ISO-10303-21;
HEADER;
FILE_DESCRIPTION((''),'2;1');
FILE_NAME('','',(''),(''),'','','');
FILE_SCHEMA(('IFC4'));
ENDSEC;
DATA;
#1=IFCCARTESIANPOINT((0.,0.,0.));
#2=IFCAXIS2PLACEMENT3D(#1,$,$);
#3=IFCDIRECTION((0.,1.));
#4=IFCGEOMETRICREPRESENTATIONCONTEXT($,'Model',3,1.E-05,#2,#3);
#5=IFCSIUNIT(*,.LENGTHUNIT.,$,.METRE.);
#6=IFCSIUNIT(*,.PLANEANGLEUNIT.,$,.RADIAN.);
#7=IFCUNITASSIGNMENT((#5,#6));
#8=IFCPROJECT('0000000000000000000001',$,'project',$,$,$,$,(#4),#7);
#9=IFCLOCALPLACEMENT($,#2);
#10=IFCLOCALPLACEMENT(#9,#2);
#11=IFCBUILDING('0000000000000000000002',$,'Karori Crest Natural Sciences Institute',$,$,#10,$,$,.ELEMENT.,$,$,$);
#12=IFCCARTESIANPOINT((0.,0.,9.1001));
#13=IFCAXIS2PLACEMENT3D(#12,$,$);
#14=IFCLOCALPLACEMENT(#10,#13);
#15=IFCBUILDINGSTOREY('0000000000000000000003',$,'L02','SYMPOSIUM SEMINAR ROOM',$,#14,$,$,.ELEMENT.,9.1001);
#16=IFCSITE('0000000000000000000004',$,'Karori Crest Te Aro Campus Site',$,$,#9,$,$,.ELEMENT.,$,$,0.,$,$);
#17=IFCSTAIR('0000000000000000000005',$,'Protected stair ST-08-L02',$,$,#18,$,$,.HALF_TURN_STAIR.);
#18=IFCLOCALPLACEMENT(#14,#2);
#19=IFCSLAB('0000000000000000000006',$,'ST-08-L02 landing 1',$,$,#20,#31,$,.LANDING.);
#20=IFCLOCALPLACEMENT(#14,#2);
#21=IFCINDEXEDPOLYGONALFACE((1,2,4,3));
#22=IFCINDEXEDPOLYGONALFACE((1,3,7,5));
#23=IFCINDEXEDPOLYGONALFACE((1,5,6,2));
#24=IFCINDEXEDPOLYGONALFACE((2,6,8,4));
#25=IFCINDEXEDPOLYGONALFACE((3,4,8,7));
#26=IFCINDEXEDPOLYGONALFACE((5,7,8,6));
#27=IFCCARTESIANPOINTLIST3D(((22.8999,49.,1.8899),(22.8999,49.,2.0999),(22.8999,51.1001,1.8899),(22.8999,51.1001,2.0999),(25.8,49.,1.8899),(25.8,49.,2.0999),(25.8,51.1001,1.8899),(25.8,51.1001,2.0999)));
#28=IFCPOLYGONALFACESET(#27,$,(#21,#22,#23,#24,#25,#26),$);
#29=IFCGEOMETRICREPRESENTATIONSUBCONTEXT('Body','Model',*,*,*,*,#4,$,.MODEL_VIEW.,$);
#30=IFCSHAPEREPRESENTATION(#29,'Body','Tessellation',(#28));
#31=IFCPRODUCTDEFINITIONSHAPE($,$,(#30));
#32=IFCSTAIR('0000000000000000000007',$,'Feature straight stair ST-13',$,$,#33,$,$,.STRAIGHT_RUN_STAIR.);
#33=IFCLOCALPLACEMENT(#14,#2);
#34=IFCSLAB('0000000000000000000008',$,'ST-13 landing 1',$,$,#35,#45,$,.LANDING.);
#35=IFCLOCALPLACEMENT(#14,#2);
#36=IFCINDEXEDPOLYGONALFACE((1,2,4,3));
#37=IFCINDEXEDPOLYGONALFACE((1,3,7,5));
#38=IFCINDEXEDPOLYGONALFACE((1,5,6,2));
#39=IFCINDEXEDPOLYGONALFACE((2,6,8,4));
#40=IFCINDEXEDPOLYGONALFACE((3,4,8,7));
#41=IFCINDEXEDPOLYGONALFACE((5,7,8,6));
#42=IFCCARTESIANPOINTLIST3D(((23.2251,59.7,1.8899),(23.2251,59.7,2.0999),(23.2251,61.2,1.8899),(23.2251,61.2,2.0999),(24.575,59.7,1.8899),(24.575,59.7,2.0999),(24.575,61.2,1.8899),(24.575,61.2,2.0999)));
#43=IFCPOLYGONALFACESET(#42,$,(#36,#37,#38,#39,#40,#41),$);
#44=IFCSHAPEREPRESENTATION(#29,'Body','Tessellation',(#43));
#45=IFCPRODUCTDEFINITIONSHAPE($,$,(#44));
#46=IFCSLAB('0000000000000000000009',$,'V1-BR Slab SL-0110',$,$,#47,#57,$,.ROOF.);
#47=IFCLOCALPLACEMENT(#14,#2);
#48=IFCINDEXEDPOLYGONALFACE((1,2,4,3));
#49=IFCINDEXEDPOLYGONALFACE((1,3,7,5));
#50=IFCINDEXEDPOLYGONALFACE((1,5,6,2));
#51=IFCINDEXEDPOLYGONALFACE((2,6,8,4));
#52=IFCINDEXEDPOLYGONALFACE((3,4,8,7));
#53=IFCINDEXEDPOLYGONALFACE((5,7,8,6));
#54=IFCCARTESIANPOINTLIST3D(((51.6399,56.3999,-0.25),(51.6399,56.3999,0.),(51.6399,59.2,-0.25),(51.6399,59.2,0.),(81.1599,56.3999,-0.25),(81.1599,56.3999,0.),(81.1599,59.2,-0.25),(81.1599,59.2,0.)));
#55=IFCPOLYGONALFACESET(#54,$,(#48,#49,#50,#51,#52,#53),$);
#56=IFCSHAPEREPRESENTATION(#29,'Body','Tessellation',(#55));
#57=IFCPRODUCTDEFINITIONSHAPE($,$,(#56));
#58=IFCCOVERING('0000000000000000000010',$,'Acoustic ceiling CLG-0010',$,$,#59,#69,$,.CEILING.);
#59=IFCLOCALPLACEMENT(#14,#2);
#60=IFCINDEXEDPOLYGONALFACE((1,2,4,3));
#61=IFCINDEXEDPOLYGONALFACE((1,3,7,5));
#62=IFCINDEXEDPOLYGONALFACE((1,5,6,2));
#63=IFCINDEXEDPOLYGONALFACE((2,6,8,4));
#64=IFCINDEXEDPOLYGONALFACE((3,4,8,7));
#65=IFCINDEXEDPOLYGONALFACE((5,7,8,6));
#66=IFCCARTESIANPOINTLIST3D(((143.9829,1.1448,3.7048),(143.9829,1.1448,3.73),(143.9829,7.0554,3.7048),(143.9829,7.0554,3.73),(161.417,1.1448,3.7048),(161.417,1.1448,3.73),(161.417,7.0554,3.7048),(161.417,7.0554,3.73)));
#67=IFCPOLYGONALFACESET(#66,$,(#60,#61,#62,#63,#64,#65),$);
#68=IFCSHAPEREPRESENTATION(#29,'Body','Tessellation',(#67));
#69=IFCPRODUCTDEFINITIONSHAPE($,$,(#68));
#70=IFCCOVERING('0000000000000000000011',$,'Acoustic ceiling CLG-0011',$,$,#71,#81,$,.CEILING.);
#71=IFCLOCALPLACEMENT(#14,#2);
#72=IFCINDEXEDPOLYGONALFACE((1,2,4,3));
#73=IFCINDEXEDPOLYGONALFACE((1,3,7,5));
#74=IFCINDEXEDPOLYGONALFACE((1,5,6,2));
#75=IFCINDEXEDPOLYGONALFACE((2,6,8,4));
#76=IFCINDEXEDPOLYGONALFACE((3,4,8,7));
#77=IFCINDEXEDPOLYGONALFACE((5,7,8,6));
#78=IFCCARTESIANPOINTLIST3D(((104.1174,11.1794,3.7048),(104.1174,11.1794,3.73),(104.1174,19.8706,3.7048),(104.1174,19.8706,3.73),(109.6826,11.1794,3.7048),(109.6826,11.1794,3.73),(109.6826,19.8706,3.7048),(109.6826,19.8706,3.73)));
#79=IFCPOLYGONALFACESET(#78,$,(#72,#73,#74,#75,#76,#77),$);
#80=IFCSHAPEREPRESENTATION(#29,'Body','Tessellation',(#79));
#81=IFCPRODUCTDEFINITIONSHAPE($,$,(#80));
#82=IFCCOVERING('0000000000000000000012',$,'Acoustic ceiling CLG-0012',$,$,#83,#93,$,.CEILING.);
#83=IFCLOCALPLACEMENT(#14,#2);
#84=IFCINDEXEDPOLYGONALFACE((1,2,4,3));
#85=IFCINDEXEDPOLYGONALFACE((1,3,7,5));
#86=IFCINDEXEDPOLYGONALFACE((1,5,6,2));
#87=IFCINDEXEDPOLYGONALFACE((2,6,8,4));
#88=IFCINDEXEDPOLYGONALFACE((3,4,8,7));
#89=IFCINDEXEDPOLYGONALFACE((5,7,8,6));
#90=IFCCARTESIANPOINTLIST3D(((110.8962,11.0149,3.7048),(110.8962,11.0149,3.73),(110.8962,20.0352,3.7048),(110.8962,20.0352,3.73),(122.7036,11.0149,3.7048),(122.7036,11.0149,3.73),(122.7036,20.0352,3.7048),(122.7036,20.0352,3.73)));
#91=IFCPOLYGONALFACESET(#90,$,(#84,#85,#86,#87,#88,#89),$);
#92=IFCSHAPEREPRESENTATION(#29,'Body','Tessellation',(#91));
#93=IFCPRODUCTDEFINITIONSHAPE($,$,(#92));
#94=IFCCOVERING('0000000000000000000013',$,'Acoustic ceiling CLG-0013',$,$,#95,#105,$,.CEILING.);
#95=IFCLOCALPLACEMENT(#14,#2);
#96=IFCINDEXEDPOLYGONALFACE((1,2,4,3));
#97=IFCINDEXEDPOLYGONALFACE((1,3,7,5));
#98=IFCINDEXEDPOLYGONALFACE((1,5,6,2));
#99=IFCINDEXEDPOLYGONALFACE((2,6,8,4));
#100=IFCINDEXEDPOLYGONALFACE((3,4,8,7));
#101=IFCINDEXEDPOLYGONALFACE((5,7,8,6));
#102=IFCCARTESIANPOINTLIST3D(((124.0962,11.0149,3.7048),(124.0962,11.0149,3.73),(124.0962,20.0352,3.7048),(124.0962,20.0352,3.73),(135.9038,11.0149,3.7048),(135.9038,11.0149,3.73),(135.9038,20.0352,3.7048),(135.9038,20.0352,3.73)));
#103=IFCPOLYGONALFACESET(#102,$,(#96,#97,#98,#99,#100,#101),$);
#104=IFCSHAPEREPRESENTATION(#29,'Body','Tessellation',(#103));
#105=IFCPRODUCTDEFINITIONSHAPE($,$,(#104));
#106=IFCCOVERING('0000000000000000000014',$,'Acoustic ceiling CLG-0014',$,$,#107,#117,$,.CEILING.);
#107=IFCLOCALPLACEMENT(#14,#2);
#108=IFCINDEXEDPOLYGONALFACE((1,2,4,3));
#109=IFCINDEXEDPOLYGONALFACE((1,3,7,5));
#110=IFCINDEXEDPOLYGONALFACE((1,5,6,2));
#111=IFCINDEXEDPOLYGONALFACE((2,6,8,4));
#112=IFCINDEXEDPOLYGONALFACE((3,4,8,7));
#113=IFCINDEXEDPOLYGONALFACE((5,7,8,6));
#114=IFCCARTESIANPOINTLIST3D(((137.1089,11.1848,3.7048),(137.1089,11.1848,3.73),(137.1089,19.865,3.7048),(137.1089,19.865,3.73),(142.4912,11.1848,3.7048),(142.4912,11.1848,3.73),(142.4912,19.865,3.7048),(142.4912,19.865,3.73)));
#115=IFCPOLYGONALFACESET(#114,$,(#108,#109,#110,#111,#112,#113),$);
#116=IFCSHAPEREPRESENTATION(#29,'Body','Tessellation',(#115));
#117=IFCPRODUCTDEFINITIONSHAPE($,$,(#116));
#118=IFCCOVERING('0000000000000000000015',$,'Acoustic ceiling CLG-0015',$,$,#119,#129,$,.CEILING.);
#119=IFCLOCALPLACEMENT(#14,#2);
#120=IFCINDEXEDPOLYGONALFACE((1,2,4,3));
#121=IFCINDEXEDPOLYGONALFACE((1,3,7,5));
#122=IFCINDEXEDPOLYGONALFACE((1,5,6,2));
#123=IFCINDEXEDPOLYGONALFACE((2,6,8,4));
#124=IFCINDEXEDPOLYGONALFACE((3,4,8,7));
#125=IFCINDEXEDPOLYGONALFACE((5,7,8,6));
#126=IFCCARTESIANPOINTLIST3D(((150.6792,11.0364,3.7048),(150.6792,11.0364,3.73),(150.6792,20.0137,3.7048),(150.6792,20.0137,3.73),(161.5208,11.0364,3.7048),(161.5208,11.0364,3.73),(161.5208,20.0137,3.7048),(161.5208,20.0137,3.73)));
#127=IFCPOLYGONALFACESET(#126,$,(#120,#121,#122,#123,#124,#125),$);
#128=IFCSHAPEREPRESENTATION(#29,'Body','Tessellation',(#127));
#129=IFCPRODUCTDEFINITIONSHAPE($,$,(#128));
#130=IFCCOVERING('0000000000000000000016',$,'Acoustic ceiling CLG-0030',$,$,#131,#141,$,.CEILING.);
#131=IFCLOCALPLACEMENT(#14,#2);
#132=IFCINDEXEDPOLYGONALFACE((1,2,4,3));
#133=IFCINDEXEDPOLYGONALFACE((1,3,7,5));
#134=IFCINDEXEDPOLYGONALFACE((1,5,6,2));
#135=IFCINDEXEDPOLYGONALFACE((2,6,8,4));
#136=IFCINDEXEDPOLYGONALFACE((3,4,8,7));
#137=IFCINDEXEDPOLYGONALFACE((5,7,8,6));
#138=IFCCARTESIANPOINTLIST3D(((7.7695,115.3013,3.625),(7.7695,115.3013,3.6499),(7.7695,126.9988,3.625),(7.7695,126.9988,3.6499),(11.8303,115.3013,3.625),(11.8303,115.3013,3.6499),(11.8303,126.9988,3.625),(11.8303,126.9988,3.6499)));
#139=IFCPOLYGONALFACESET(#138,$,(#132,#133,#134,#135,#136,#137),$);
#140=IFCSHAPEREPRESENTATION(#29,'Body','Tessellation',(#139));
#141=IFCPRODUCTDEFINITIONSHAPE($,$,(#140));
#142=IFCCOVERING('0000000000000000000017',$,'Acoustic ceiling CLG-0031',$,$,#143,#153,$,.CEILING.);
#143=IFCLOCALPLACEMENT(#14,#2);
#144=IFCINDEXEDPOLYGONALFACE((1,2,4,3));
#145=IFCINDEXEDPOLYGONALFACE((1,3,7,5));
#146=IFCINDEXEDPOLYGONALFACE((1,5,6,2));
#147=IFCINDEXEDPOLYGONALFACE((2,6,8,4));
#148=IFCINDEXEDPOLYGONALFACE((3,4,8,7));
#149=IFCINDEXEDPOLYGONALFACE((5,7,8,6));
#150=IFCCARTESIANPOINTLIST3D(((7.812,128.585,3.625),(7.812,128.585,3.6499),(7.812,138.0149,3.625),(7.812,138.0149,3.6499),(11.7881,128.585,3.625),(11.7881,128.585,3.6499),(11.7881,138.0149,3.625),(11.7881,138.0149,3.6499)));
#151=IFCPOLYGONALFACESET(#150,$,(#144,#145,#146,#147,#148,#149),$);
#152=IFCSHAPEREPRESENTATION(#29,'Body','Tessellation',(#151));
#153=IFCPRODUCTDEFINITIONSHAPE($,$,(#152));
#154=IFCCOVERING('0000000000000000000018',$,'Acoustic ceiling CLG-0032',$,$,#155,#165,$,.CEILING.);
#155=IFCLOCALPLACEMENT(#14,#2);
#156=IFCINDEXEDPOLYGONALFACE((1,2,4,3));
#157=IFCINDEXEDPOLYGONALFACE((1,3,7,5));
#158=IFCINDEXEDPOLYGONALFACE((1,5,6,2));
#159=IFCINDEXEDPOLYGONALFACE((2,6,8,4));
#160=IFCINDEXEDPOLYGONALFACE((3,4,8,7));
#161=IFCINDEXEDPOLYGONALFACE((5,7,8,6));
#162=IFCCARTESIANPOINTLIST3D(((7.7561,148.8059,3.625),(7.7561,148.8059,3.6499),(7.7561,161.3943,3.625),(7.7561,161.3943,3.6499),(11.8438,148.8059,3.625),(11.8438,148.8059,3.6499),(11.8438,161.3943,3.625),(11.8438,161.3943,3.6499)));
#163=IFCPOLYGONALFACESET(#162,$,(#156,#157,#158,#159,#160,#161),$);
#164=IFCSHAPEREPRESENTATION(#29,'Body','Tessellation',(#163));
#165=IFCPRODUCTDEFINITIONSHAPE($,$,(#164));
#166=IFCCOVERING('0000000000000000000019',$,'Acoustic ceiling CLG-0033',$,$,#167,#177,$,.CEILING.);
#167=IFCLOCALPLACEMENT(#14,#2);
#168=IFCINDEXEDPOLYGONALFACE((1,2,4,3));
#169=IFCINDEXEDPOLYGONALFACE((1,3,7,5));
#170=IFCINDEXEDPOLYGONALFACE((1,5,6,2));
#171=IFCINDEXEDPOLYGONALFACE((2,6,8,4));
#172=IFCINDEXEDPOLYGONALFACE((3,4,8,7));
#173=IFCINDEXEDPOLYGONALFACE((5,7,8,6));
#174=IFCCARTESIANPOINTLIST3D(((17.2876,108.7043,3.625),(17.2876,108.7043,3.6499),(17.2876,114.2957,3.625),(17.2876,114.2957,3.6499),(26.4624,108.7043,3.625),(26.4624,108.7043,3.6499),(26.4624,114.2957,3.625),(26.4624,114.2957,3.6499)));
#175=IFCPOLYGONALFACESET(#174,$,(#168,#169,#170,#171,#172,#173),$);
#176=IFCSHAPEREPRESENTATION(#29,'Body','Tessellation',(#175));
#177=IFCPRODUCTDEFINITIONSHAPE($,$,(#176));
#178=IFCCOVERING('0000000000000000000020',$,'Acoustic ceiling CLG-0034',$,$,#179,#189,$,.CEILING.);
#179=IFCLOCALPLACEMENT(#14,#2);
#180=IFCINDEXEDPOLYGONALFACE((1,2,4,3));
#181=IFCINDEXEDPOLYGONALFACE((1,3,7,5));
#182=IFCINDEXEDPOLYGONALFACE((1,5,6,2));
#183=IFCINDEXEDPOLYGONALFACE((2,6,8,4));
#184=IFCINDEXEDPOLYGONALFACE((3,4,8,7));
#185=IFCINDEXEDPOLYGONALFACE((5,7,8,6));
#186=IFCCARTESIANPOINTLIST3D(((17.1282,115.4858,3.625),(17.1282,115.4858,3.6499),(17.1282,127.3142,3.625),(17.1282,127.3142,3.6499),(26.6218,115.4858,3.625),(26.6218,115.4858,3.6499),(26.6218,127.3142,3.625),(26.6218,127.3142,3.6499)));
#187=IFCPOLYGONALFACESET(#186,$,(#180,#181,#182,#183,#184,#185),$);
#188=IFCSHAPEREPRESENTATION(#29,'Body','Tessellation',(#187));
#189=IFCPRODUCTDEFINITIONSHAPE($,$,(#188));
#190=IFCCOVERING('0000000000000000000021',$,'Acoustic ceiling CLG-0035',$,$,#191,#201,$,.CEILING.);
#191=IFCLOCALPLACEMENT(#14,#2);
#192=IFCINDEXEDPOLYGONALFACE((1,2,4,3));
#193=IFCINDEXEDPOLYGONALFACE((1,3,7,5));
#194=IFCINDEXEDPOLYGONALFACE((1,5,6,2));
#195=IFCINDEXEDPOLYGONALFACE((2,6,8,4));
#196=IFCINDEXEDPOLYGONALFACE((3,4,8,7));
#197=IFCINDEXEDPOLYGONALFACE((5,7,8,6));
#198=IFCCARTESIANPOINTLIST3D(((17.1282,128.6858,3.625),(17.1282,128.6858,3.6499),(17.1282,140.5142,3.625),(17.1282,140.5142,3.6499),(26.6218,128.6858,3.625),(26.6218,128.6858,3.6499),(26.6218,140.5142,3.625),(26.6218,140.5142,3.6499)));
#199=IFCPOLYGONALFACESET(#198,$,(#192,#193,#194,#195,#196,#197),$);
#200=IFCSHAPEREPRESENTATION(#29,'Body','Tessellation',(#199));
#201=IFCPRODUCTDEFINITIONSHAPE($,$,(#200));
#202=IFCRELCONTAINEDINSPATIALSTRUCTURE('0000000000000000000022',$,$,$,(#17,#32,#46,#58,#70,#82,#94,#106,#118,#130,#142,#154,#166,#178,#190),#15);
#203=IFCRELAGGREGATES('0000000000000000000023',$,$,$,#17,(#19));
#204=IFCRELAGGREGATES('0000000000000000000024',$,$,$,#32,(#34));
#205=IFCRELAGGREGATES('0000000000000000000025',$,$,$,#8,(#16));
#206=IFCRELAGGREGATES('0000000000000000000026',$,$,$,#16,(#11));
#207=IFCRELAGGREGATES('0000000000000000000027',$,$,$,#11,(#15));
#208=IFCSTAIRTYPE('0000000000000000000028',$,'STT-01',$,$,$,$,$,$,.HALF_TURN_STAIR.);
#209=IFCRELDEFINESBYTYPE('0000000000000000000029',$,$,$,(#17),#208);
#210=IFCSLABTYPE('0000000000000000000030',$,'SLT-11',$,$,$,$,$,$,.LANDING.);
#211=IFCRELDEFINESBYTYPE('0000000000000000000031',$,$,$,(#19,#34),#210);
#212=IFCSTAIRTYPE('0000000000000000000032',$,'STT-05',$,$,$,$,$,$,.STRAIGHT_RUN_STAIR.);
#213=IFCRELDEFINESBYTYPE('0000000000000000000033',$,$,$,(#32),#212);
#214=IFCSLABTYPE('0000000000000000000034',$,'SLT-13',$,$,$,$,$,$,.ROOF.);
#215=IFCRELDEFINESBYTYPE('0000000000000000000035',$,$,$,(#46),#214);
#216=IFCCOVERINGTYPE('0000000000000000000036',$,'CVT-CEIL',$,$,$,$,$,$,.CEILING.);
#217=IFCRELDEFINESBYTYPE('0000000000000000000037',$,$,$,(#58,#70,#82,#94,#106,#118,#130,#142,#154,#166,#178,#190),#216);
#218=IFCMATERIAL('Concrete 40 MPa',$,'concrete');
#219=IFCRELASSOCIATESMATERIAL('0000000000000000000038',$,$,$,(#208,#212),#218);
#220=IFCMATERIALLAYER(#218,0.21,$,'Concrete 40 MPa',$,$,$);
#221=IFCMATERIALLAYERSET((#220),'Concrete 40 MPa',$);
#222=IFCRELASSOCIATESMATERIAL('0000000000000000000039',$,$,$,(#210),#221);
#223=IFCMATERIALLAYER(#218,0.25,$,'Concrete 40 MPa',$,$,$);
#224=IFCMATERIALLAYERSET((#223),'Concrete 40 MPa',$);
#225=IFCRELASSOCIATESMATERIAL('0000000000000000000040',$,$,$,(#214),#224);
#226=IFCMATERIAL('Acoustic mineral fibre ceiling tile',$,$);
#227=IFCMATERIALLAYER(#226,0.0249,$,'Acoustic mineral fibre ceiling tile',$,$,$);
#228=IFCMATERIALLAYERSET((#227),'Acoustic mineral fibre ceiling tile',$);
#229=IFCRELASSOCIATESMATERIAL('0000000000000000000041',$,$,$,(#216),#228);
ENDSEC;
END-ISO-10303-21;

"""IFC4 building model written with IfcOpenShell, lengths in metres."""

from ifc_helpers import new_model, si_unit, direction, frame, origin, place, context, subcontext, project, spatial, polyline, outline, extrude, material, layer, layer_set, type_object, element, aggregate, save


model = new_model("IFC4")

# Units and contexts
model_context = context("Model", 3, precision=1e-05, world=origin(), true_north=direction((0.0, 1.0)))
body_context = subcontext(model_context, "Body", "Model", "MODEL_VIEW")
ifc_project = project(units=[si_unit("LENGTHUNIT", "METRE"), si_unit("PLANEANGLEUNIT", "RADIAN")], contexts=[model_context])

# Site, building, storey
site_placement = place(None, origin())
site = spatial("IfcSite", under=ifc_project, at=site_placement, Name="Karori Crest Te Aro Campus Site", CompositionType="ELEMENT", RefElevation=0.0)
building_placement = place(site_placement, origin())
building = spatial("IfcBuilding", under=site, at=building_placement, Name="Karori Crest Natural Sciences Institute", CompositionType="ELEMENT")
storey_placement = place(building_placement, frame((0.0, 0.0, 9.1001)))
storey = spatial("IfcBuildingStorey", under=building, at=storey_placement, Name="L02", Description="SYMPOSIUM SEMINAR ROOM", CompositionType="ELEMENT", Elevation=9.1001)

# Shared definitions
ifc_material_1 = material(Name="Concrete 40 MPa", Category="concrete")

# Stairs, slabs
stair_type_1 = type_object("IfcStairType", Name="STT-01", PredefinedType="HALF_TURN_STAIR", material=ifc_material_1)
ifc_layer_1 = layer(ifc_material_1, 0.21, Name="Concrete 40 MPa")
ifc_layer_set_1 = layer_set([ifc_layer_1], Name="Concrete 40 MPa")
slab_type_1 = type_object("IfcSlabType", Name="SLT-11", PredefinedType="LANDING", material=ifc_layer_set_1)
stair_1_placement = place(storey_placement, origin())
stair_1 = element("IfcStair", 1, at=stair_1_placement, inside=storey, type_object=stair_type_1, Name="Protected stair ST-08-L02", PredefinedType="HALF_TURN_STAIR")
slab_1_placement = place(storey_placement, frame((0.0, 0.0, 1.8899)))
slab_1 = element("IfcSlab", 2, at=slab_1_placement, type_object=slab_type_1, Name="ST-08-L02 landing 1", PredefinedType="LANDING", context=body_context, shape_type="SweptSolid", body=[
    extrude(outline(polyline([(25.8, 49.0), (25.8, 51.1001), (22.8999, 51.1001), (22.8999, 49.0), (25.8, 49.0)])), origin(), (0.0, 0.0, 1.0), 0.21),
])
aggregate(stair_1, [slab_1])
stair_type_2 = type_object("IfcStairType", Name="STT-05", PredefinedType="STRAIGHT_RUN_STAIR", material=ifc_material_1)
stair_2_placement = place(storey_placement, origin())
stair_2 = element("IfcStair", 3, at=stair_2_placement, inside=storey, type_object=stair_type_2, Name="Feature straight stair ST-13", PredefinedType="STRAIGHT_RUN_STAIR")
slab_2_placement = place(storey_placement, frame((0.0, 0.0, 1.8899)))
slab_2 = element("IfcSlab", 4, at=slab_2_placement, type_object=slab_type_1, Name="ST-13 landing 1", PredefinedType="LANDING", context=body_context, shape_type="SweptSolid", body=[
    extrude(outline(polyline([(23.2251, 59.7), (24.575, 59.7), (24.575, 61.2), (23.2251, 61.2), (23.2251, 59.7)])), origin(), (0.0, 0.0, 1.0), 0.21),
])
aggregate(stair_2, [slab_2])

# Slab
ifc_layer_2 = layer(ifc_material_1, 0.25, Name="Concrete 40 MPa")
ifc_layer_set_2 = layer_set([ifc_layer_2], Name="Concrete 40 MPa")
slab_type_2 = type_object("IfcSlabType", Name="SLT-13", PredefinedType="ROOF", material=ifc_layer_set_2)
slab_3_placement = place(storey_placement, frame((0.0, 0.0, -0.25)))
element("IfcSlab", 5, at=slab_3_placement, inside=storey, type_object=slab_type_2, Name="V1-BR Slab SL-0110", PredefinedType="ROOF", context=body_context, shape_type="SweptSolid", body=[
    extrude(outline(polyline([(51.6399, 56.3999), (81.1599, 56.3999), (81.1599, 59.2), (51.6399, 59.2), (51.6399, 56.3999)])), origin(), (0.0, 0.0, 1.0), 0.25),
])

# Coverings
ifc_material_2 = material(Name="Acoustic mineral fibre ceiling tile")
ifc_layer_3 = layer(ifc_material_2, 0.0249, Name="Acoustic mineral fibre ceiling tile")
ifc_layer_set_3 = layer_set([ifc_layer_3], Name="Acoustic mineral fibre ceiling tile")
covering_type = type_object("IfcCoveringType", Name="CVT-CEIL", PredefinedType="CEILING", material=ifc_layer_set_3)
covering_1_placement = place(storey_placement, frame((0.0, 0.0, 3.7048)))
element("IfcCovering", 6, at=covering_1_placement, inside=storey, type_object=covering_type, Name="Acoustic ceiling CLG-0010", PredefinedType="CEILING", context=body_context, shape_type="SweptSolid", body=[
    extrude(outline(polyline([(143.9829, 7.0554), (143.9829, 1.1448), (161.417, 1.1448), (161.417, 7.0554), (143.9829, 7.0554)])), origin(), (0.0, 0.0, 1.0), 0.0251),
])
covering_2_placement = place(storey_placement, frame((0.0, 0.0, 3.7048)))
element("IfcCovering", 7, at=covering_2_placement, inside=storey, type_object=covering_type, Name="Acoustic ceiling CLG-0011", PredefinedType="CEILING", context=body_context, shape_type="SweptSolid", body=[
    extrude(outline(polyline([(104.1174, 19.8706), (104.1174, 11.1794), (109.6826, 11.1794), (109.6826, 19.8706), (104.1174, 19.8706)])), origin(), (0.0, 0.0, 1.0), 0.0251),
])
covering_3_placement = place(storey_placement, frame((0.0, 0.0, 3.7048)))
element("IfcCovering", 8, at=covering_3_placement, inside=storey, type_object=covering_type, Name="Acoustic ceiling CLG-0012", PredefinedType="CEILING", context=body_context, shape_type="SweptSolid", body=[
    extrude(outline(polyline([(110.8962, 20.0352), (110.8962, 11.0149), (122.7036, 11.0149), (122.7036, 20.0352), (110.8962, 20.0352)])), origin(), (0.0, 0.0, 1.0), 0.0251),
])
covering_4_placement = place(storey_placement, frame((0.0, 0.0, 3.7048)))
element("IfcCovering", 9, at=covering_4_placement, inside=storey, type_object=covering_type, Name="Acoustic ceiling CLG-0013", PredefinedType="CEILING", context=body_context, shape_type="SweptSolid", body=[
    extrude(outline(polyline([(124.0962, 20.0352), (124.0962, 11.0149), (135.9038, 11.0149), (135.9038, 20.0352), (124.0962, 20.0352)])), origin(), (0.0, 0.0, 1.0), 0.0251),
])
covering_5_placement = place(storey_placement, frame((0.0, 0.0, 3.7048)))
element("IfcCovering", 10, at=covering_5_placement, inside=storey, type_object=covering_type, Name="Acoustic ceiling CLG-0014", PredefinedType="CEILING", context=body_context, shape_type="SweptSolid", body=[
    extrude(outline(polyline([(137.1089, 19.865), (137.1089, 11.1848), (142.4912, 11.1848), (142.4912, 19.865), (137.1089, 19.865)])), origin(), (0.0, 0.0, 1.0), 0.0251),
])
covering_6_placement = place(storey_placement, frame((0.0, 0.0, 3.7048)))
element("IfcCovering", 11, at=covering_6_placement, inside=storey, type_object=covering_type, Name="Acoustic ceiling CLG-0015", PredefinedType="CEILING", context=body_context, shape_type="SweptSolid", body=[
    extrude(outline(polyline([(150.6792, 20.0137), (150.6792, 11.0364), (161.5208, 11.0364), (161.5208, 20.0137), (150.6792, 20.0137)])), origin(), (0.0, 0.0, 1.0), 0.0251),
])
covering_7_placement = place(storey_placement, frame((0.0, 0.0, 3.625)))
element("IfcCovering", 12, at=covering_7_placement, inside=storey, type_object=covering_type, Name="Acoustic ceiling CLG-0030", PredefinedType="CEILING", context=body_context, shape_type="SweptSolid", body=[
    extrude(outline(polyline([(7.7695, 126.9988), (7.7695, 115.3013), (11.8303, 115.3013), (11.8303, 126.9988), (7.7695, 126.9988)])), origin(), (0.0, 0.0, 1.0), 0.0249),
])
covering_8_placement = place(storey_placement, frame((0.0, 0.0, 3.625)))
element("IfcCovering", 13, at=covering_8_placement, inside=storey, type_object=covering_type, Name="Acoustic ceiling CLG-0031", PredefinedType="CEILING", context=body_context, shape_type="SweptSolid", body=[
    extrude(outline(polyline([(7.812, 138.0149), (7.812, 128.585), (11.7881, 128.585), (11.7881, 138.0149), (7.812, 138.0149)])), origin(), (0.0, 0.0, 1.0), 0.0249),
])
covering_9_placement = place(storey_placement, frame((0.0, 0.0, 3.625)))
element("IfcCovering", 14, at=covering_9_placement, inside=storey, type_object=covering_type, Name="Acoustic ceiling CLG-0032", PredefinedType="CEILING", context=body_context, shape_type="SweptSolid", body=[
    extrude(outline(polyline([(7.7561, 161.3943), (7.7561, 148.8059), (11.8438, 148.8059), (11.8438, 161.3943), (7.7561, 161.3943)])), origin(), (0.0, 0.0, 1.0), 0.0249),
])
covering_10_placement = place(storey_placement, frame((0.0, 0.0, 3.625)))
element("IfcCovering", 15, at=covering_10_placement, inside=storey, type_object=covering_type, Name="Acoustic ceiling CLG-0033", PredefinedType="CEILING", context=body_context, shape_type="SweptSolid", body=[
    extrude(outline(polyline([(17.2876, 114.2957), (17.2876, 108.7043), (26.4624, 108.7043), (26.4624, 114.2957), (17.2876, 114.2957)])), origin(), (0.0, 0.0, 1.0), 0.0249),
])
covering_11_placement = place(storey_placement, frame((0.0, 0.0, 3.625)))
element("IfcCovering", 16, at=covering_11_placement, inside=storey, type_object=covering_type, Name="Acoustic ceiling CLG-0034", PredefinedType="CEILING", context=body_context, shape_type="SweptSolid", body=[
    extrude(outline(polyline([(17.1282, 127.3142), (17.1282, 115.4858), (26.6218, 115.4858), (26.6218, 127.3142), (17.1282, 127.3142)])), origin(), (0.0, 0.0, 1.0), 0.0249),
])
covering_12_placement = place(storey_placement, frame((0.0, 0.0, 3.625)))
element("IfcCovering", 17, at=covering_12_placement, inside=storey, type_object=covering_type, Name="Acoustic ceiling CLG-0035", PredefinedType="CEILING", context=body_context, shape_type="SweptSolid", body=[
    extrude(outline(polyline([(17.1282, 140.5142), (17.1282, 128.6858), (26.6218, 128.6858), (26.6218, 140.5142), (17.1282, 140.5142)])), origin(), (0.0, 0.0, 1.0), 0.0249),
])

save(model, "model.ifc")
